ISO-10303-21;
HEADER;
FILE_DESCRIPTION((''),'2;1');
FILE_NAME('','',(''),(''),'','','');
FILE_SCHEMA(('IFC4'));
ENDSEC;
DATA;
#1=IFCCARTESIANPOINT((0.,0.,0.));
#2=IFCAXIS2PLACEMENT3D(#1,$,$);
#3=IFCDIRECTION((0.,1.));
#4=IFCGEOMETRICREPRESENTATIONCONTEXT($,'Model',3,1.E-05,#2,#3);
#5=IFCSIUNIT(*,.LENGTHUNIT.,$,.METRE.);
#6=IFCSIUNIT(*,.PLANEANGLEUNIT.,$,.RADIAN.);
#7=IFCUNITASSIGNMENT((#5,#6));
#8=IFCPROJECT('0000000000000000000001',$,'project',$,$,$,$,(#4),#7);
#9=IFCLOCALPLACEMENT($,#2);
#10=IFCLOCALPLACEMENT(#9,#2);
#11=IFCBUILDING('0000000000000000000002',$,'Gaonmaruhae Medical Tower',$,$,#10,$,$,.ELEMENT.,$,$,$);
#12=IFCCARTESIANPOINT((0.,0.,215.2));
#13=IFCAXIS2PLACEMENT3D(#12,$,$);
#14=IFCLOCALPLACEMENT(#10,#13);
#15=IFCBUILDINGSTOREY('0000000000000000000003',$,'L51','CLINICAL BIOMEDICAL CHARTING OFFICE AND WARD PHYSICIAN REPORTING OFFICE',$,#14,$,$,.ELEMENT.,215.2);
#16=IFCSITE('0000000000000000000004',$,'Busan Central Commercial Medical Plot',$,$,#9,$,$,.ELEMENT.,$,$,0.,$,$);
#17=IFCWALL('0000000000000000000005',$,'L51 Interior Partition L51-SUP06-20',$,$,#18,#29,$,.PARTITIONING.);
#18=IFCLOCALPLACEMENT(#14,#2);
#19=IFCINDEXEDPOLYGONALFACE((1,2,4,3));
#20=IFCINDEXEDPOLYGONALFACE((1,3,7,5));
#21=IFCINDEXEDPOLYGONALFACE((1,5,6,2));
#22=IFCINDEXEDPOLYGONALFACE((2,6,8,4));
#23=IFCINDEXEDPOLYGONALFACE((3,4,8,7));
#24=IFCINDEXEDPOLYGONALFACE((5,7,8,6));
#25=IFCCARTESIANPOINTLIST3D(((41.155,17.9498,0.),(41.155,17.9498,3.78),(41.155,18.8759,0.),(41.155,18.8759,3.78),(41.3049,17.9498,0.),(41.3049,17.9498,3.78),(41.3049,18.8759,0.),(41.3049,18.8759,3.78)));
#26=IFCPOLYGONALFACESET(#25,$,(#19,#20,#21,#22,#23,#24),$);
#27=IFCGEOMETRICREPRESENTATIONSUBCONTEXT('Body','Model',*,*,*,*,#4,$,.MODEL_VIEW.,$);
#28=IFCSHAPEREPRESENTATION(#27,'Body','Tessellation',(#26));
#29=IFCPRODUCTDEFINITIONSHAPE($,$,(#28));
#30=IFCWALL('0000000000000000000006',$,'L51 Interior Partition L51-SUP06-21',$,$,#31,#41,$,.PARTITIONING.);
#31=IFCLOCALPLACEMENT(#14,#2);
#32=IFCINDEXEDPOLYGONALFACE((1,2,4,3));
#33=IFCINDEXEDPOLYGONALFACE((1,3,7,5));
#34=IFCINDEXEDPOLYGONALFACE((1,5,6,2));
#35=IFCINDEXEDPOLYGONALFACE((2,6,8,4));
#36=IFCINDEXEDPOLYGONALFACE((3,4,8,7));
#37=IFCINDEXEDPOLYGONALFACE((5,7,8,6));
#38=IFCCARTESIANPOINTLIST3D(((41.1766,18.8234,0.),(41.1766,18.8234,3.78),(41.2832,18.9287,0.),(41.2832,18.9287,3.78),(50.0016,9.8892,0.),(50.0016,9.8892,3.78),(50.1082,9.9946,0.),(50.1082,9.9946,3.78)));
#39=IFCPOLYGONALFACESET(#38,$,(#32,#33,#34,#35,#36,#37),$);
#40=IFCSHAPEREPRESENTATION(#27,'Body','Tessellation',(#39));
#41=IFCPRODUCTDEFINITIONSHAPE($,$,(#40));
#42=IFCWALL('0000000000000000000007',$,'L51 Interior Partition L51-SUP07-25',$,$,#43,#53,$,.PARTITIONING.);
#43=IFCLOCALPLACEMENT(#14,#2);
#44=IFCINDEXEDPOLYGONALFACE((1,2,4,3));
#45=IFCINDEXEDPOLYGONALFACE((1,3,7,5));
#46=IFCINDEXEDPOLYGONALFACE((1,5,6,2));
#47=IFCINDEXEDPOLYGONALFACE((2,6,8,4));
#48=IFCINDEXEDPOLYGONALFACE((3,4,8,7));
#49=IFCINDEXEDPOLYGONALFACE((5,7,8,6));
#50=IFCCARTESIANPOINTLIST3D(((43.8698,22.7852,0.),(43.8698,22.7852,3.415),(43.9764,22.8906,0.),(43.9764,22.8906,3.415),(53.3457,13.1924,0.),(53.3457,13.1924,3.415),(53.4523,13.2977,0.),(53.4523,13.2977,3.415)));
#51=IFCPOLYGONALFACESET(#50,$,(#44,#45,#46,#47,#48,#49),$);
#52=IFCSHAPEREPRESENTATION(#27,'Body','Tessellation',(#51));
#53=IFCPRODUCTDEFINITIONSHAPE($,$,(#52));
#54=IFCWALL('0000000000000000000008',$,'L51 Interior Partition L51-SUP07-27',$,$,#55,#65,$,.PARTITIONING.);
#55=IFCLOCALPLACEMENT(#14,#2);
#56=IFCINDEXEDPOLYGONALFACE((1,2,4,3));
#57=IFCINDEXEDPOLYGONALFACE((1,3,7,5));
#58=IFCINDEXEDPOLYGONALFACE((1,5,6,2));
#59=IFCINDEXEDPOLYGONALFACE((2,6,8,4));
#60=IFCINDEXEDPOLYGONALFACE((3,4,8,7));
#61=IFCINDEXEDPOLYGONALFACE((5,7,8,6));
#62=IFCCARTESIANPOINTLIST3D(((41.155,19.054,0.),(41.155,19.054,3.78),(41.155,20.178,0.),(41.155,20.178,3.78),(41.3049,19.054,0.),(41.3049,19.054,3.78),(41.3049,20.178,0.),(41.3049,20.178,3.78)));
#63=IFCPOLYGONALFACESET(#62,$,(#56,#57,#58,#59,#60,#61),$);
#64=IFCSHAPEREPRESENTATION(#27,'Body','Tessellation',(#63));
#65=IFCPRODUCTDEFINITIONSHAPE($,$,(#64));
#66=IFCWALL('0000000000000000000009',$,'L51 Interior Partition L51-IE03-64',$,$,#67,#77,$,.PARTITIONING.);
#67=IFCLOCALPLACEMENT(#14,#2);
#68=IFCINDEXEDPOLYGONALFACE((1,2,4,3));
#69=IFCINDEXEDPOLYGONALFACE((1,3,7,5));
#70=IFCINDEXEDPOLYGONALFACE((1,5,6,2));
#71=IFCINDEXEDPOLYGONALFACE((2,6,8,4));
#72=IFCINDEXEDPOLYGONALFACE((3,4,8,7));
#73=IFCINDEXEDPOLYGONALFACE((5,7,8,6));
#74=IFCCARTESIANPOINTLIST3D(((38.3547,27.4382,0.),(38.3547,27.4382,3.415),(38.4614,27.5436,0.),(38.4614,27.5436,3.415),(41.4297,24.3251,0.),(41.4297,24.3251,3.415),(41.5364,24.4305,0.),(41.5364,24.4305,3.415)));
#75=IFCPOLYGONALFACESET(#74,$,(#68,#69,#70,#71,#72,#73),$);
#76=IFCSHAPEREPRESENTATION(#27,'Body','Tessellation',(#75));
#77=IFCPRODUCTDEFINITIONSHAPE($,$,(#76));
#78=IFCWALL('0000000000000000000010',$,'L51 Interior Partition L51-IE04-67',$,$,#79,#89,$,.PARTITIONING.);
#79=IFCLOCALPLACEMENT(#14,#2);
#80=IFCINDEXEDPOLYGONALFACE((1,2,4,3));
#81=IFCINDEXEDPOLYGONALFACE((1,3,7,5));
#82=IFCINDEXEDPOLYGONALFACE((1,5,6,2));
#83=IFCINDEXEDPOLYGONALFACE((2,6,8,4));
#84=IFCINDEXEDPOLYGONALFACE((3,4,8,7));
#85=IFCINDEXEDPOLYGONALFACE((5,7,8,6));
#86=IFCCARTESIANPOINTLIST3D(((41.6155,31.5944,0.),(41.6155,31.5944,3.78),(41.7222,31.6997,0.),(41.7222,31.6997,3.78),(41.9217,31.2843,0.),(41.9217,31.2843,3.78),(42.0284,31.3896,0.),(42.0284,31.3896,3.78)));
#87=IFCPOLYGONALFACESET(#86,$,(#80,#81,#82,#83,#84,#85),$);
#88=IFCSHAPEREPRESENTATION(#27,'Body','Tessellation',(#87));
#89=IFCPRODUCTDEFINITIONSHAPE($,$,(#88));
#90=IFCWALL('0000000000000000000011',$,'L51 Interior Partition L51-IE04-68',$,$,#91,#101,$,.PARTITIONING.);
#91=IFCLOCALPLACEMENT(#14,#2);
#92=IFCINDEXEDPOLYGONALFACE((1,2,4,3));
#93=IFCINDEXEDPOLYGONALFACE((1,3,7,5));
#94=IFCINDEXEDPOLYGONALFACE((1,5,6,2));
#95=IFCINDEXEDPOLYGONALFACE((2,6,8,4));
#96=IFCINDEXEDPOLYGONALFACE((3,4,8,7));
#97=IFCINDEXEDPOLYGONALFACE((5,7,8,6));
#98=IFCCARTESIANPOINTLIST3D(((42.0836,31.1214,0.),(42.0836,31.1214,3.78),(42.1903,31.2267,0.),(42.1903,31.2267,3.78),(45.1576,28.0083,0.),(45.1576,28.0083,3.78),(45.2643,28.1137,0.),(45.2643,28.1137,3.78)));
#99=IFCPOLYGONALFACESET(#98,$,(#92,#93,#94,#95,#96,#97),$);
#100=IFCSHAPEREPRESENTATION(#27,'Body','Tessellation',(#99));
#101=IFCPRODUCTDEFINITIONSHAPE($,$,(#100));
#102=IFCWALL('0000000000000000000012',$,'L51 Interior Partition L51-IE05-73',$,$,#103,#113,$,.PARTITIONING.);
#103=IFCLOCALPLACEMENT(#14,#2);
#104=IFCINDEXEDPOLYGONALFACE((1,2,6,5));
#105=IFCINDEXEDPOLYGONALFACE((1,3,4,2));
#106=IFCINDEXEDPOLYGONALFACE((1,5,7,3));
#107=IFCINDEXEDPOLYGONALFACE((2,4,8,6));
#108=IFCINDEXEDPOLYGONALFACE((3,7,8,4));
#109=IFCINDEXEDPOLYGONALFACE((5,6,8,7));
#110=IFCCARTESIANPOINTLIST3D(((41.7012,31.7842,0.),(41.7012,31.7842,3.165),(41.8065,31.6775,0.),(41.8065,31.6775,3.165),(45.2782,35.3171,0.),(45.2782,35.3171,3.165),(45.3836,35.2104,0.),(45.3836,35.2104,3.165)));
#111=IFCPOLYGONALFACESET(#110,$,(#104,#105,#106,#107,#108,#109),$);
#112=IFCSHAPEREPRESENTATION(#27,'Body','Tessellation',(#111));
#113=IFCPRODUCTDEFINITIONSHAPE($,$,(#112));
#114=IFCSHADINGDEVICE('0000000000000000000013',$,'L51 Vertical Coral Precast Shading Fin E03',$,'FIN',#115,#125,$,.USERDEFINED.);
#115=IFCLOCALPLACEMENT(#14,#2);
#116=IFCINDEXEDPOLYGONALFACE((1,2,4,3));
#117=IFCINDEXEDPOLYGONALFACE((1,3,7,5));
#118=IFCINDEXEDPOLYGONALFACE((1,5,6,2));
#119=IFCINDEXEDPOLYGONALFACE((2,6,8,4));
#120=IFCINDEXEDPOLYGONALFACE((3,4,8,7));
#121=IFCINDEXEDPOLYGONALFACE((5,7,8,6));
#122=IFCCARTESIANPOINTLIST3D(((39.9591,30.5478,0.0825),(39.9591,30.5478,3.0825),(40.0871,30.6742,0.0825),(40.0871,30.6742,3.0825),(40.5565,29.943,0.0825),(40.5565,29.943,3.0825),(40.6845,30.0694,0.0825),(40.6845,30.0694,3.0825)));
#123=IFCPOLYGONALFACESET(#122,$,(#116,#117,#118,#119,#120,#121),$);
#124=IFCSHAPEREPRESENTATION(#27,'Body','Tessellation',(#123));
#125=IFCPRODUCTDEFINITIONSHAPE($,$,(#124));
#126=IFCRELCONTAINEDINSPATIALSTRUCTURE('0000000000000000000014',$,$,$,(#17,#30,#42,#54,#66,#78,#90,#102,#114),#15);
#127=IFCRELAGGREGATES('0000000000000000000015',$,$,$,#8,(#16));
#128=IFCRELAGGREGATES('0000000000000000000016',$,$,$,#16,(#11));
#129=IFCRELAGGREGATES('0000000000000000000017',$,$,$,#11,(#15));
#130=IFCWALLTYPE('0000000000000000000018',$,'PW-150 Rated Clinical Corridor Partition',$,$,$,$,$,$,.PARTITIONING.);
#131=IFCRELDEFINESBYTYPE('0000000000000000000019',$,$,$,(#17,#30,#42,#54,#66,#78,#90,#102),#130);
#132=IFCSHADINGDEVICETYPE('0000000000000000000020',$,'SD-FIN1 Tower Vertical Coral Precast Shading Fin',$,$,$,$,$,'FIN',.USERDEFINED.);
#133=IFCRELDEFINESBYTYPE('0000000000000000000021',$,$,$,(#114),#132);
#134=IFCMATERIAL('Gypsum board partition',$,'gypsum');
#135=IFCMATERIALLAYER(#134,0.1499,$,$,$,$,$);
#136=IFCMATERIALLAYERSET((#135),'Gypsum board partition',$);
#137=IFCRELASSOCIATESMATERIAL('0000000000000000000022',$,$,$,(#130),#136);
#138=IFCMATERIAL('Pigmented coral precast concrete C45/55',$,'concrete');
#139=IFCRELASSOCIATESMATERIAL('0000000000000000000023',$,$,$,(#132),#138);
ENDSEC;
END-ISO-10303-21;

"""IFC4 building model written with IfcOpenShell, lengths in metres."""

from ifc_helpers import new_model, si_unit, direction, frame, frame_2d, origin, origin_2d, place, context, subcontext, project, spatial, rectangle, extrude, material, layer, layer_set, type_object, element, save


model = new_model("IFC4")

# Units and contexts
model_context = context("Model", 3, precision=1e-05, world=origin(), true_north=direction((0.0, 1.0)))
body_context = subcontext(model_context, "Body", "Model", "MODEL_VIEW")
ifc_project = project(units=[si_unit("LENGTHUNIT", "METRE"), si_unit("PLANEANGLEUNIT", "RADIAN")], contexts=[model_context])

# Site, building, storey
site_placement = place(None, origin())
site = spatial("IfcSite", under=ifc_project, at=site_placement, Name="Busan Central Commercial Medical Plot", CompositionType="ELEMENT", RefElevation=0.0)
building_placement = place(site_placement, origin())
building = spatial("IfcBuilding", under=site, at=building_placement, Name="Gaonmaruhae Medical Tower", CompositionType="ELEMENT")
storey_placement = place(building_placement, frame((0.0, 0.0, 215.2)))
storey = spatial("IfcBuildingStorey", under=building, at=storey_placement, Name="L51", Description="CLINICAL BIOMEDICAL CHARTING OFFICE AND WARD PHYSICIAN REPORTING OFFICE", CompositionType="ELEMENT", Elevation=215.2)

# Walls
ifc_material_1 = material(Name="Gypsum board partition", Category="gypsum")
ifc_layer_1 = layer(ifc_material_1, 0.1499)
ifc_layer_set_1 = layer_set([ifc_layer_1], Name="Gypsum board partition")
wall_type_1 = type_object("IfcWallType", Name="PW-150 Rated Clinical Corridor Partition", PredefinedType="PARTITIONING", material=ifc_layer_set_1)
wall_1_placement = place(storey_placement, frame((41.23, 17.95, 0.0), z_axis=(0.0, 0.0, 1.0), x_axis=(0.0, 1.0, 0.0)))
element("IfcWall", 1, at=wall_1_placement, inside=storey, type_object=wall_type_1, Name="L51 Interior Partition L51-SUP06-20", PredefinedType="PARTITIONING", context=body_context, shape_type="SweptSolid", body=[
    extrude(rectangle(XDim=0.926, YDim=0.1499, at=frame_2d((0.4629, 0.0))), origin(), (0.0, 0.0, 1.0), 3.78),
])
wall_2_placement = place(storey_placement, frame((41.23, 18.876, 0.0), z_axis=(0.0, 0.0, 1.0), x_axis=(0.702748, -0.711439, 0.0)))
element("IfcWall", 2, at=wall_2_placement, inside=storey, type_object=wall_type_1, Name="L51 Interior Partition L51-SUP06-21", PredefinedType="PARTITIONING", context=body_context, shape_type="SweptSolid", body=[
    extrude(rectangle(XDim=12.5579, YDim=0.1499, at=frame_2d((6.2788, 0.0))), origin(), (0.0, 0.0, 1.0), 3.78),
])

# Walls
wall_3_placement = place(storey_placement, frame((43.9231, 22.8379, 0.0), z_axis=(0.0, 0.0, 1.0), x_axis=(0.702757, -0.71143, 0.0)))
element("IfcWall", 3, at=wall_3_placement, inside=storey, type_object=wall_type_1, Name="L51 Interior Partition L51-SUP07-25", PredefinedType="PARTITIONING", context=body_context, shape_type="SweptSolid", body=[
    extrude(rectangle(XDim=13.4839, YDim=0.1499, at=frame_2d((6.7419, 0.0))), origin(), (0.0, 0.0, 1.0), 3.415),
])
wall_4_placement = place(storey_placement, frame((41.23, 19.054, 0.0), z_axis=(0.0, 0.0, 1.0), x_axis=(0.0, 1.0, 0.0)))
element("IfcWall", 4, at=wall_4_placement, inside=storey, type_object=wall_type_1, Name="L51 Interior Partition L51-SUP07-27", PredefinedType="PARTITIONING", context=body_context, shape_type="SweptSolid", body=[
    extrude(rectangle(XDim=1.124, YDim=0.1499, at=frame_2d((0.562, 0.0))), origin(), (0.0, 0.0, 1.0), 3.78),
])

# Walls
wall_5_placement = place(storey_placement, frame((38.408, 27.491, 0.0), z_axis=(0.0, 0.0, 1.0), x_axis=(0.702741, -0.711445, 0.0)))
element("IfcWall", 5, at=wall_5_placement, inside=storey, type_object=wall_type_1, Name="L51 Interior Partition L51-IE03-64", PredefinedType="PARTITIONING", context=body_context, shape_type="SweptSolid", body=[
    extrude(rectangle(XDim=4.3757, YDim=0.1499, at=frame_2d((2.188, 0.0))), origin(), (0.0, 0.0, 1.0), 3.415),
])
wall_6_placement = place(storey_placement, frame((41.6689, 31.647, 0.0), z_axis=(0.0, 0.0, 1.0), x_axis=(0.70261, -0.711575, 0.0)))
element("IfcWall", 6, at=wall_6_placement, inside=storey, type_object=wall_type_1, Name="L51 Interior Partition L51-IE04-67", PredefinedType="PARTITIONING", context=body_context, shape_type="SweptSolid", body=[
    extrude(rectangle(XDim=0.4358, YDim=0.1499, at=frame_2d((0.2178, 0.0))), origin(), (0.0, 0.0, 1.0), 3.78),
])
wall_7_placement = place(storey_placement, frame((42.137, 31.1741, 0.0), z_axis=(0.0, 0.0, 1.0), x_axis=(0.702628, -0.711557, 0.0)))
element("IfcWall", 7, at=wall_7_placement, inside=storey, type_object=wall_type_1, Name="L51 Interior Partition L51-IE04-68", PredefinedType="PARTITIONING", context=body_context, shape_type="SweptSolid", body=[
    extrude(rectangle(XDim=4.375, YDim=0.1499, at=frame_2d((2.1875, 0.0))), origin(), (0.0, 0.0, 1.0), 3.78),
])
wall_8_placement = place(storey_placement, frame((41.7539, 31.731, 0.0), z_axis=(0.0, 0.0, 1.0), x_axis=(0.711488, 0.702699, 0.0)))
element("IfcWall", 8, at=wall_8_placement, inside=storey, type_object=wall_type_1, Name="L51 Interior Partition L51-IE05-73", PredefinedType="PARTITIONING", context=body_context, shape_type="SweptSolid", body=[
    extrude(rectangle(XDim=5.0276, YDim=0.1499, at=frame_2d((2.5137, 0.0))), origin(), (0.0, 0.0, 1.0), 3.165),
])

# Shading device
ifc_material_2 = material(Name="Pigmented coral precast concrete C45/55", Category="concrete")
shading_device_type = type_object("IfcShadingDeviceType", Name="SD-FIN1 Tower Vertical Coral Precast Shading Fin", ElementType="FIN", PredefinedType="USERDEFINED", material=ifc_material_2)
shading_device_placement = place(storey_placement, frame((40.3218, 30.3086, 0.0825), z_axis=(0.0, 0.0, 1.0), x_axis=(0.711413, 0.702774, 0.0)))
element("IfcShadingDevice", 9, at=shading_device_placement, inside=storey, type_object=shading_device_type, Name="L51 Vertical Coral Precast Shading Fin E03", ObjectType="FIN", PredefinedType="USERDEFINED", context=body_context, shape_type="SweptSolid", body=[
    extrude(rectangle(XDim=0.1799, YDim=0.8501, at=origin_2d()), origin(), (0.0, 0.0, 1.0), 3.0),
])

save(model, "model.ifc")
